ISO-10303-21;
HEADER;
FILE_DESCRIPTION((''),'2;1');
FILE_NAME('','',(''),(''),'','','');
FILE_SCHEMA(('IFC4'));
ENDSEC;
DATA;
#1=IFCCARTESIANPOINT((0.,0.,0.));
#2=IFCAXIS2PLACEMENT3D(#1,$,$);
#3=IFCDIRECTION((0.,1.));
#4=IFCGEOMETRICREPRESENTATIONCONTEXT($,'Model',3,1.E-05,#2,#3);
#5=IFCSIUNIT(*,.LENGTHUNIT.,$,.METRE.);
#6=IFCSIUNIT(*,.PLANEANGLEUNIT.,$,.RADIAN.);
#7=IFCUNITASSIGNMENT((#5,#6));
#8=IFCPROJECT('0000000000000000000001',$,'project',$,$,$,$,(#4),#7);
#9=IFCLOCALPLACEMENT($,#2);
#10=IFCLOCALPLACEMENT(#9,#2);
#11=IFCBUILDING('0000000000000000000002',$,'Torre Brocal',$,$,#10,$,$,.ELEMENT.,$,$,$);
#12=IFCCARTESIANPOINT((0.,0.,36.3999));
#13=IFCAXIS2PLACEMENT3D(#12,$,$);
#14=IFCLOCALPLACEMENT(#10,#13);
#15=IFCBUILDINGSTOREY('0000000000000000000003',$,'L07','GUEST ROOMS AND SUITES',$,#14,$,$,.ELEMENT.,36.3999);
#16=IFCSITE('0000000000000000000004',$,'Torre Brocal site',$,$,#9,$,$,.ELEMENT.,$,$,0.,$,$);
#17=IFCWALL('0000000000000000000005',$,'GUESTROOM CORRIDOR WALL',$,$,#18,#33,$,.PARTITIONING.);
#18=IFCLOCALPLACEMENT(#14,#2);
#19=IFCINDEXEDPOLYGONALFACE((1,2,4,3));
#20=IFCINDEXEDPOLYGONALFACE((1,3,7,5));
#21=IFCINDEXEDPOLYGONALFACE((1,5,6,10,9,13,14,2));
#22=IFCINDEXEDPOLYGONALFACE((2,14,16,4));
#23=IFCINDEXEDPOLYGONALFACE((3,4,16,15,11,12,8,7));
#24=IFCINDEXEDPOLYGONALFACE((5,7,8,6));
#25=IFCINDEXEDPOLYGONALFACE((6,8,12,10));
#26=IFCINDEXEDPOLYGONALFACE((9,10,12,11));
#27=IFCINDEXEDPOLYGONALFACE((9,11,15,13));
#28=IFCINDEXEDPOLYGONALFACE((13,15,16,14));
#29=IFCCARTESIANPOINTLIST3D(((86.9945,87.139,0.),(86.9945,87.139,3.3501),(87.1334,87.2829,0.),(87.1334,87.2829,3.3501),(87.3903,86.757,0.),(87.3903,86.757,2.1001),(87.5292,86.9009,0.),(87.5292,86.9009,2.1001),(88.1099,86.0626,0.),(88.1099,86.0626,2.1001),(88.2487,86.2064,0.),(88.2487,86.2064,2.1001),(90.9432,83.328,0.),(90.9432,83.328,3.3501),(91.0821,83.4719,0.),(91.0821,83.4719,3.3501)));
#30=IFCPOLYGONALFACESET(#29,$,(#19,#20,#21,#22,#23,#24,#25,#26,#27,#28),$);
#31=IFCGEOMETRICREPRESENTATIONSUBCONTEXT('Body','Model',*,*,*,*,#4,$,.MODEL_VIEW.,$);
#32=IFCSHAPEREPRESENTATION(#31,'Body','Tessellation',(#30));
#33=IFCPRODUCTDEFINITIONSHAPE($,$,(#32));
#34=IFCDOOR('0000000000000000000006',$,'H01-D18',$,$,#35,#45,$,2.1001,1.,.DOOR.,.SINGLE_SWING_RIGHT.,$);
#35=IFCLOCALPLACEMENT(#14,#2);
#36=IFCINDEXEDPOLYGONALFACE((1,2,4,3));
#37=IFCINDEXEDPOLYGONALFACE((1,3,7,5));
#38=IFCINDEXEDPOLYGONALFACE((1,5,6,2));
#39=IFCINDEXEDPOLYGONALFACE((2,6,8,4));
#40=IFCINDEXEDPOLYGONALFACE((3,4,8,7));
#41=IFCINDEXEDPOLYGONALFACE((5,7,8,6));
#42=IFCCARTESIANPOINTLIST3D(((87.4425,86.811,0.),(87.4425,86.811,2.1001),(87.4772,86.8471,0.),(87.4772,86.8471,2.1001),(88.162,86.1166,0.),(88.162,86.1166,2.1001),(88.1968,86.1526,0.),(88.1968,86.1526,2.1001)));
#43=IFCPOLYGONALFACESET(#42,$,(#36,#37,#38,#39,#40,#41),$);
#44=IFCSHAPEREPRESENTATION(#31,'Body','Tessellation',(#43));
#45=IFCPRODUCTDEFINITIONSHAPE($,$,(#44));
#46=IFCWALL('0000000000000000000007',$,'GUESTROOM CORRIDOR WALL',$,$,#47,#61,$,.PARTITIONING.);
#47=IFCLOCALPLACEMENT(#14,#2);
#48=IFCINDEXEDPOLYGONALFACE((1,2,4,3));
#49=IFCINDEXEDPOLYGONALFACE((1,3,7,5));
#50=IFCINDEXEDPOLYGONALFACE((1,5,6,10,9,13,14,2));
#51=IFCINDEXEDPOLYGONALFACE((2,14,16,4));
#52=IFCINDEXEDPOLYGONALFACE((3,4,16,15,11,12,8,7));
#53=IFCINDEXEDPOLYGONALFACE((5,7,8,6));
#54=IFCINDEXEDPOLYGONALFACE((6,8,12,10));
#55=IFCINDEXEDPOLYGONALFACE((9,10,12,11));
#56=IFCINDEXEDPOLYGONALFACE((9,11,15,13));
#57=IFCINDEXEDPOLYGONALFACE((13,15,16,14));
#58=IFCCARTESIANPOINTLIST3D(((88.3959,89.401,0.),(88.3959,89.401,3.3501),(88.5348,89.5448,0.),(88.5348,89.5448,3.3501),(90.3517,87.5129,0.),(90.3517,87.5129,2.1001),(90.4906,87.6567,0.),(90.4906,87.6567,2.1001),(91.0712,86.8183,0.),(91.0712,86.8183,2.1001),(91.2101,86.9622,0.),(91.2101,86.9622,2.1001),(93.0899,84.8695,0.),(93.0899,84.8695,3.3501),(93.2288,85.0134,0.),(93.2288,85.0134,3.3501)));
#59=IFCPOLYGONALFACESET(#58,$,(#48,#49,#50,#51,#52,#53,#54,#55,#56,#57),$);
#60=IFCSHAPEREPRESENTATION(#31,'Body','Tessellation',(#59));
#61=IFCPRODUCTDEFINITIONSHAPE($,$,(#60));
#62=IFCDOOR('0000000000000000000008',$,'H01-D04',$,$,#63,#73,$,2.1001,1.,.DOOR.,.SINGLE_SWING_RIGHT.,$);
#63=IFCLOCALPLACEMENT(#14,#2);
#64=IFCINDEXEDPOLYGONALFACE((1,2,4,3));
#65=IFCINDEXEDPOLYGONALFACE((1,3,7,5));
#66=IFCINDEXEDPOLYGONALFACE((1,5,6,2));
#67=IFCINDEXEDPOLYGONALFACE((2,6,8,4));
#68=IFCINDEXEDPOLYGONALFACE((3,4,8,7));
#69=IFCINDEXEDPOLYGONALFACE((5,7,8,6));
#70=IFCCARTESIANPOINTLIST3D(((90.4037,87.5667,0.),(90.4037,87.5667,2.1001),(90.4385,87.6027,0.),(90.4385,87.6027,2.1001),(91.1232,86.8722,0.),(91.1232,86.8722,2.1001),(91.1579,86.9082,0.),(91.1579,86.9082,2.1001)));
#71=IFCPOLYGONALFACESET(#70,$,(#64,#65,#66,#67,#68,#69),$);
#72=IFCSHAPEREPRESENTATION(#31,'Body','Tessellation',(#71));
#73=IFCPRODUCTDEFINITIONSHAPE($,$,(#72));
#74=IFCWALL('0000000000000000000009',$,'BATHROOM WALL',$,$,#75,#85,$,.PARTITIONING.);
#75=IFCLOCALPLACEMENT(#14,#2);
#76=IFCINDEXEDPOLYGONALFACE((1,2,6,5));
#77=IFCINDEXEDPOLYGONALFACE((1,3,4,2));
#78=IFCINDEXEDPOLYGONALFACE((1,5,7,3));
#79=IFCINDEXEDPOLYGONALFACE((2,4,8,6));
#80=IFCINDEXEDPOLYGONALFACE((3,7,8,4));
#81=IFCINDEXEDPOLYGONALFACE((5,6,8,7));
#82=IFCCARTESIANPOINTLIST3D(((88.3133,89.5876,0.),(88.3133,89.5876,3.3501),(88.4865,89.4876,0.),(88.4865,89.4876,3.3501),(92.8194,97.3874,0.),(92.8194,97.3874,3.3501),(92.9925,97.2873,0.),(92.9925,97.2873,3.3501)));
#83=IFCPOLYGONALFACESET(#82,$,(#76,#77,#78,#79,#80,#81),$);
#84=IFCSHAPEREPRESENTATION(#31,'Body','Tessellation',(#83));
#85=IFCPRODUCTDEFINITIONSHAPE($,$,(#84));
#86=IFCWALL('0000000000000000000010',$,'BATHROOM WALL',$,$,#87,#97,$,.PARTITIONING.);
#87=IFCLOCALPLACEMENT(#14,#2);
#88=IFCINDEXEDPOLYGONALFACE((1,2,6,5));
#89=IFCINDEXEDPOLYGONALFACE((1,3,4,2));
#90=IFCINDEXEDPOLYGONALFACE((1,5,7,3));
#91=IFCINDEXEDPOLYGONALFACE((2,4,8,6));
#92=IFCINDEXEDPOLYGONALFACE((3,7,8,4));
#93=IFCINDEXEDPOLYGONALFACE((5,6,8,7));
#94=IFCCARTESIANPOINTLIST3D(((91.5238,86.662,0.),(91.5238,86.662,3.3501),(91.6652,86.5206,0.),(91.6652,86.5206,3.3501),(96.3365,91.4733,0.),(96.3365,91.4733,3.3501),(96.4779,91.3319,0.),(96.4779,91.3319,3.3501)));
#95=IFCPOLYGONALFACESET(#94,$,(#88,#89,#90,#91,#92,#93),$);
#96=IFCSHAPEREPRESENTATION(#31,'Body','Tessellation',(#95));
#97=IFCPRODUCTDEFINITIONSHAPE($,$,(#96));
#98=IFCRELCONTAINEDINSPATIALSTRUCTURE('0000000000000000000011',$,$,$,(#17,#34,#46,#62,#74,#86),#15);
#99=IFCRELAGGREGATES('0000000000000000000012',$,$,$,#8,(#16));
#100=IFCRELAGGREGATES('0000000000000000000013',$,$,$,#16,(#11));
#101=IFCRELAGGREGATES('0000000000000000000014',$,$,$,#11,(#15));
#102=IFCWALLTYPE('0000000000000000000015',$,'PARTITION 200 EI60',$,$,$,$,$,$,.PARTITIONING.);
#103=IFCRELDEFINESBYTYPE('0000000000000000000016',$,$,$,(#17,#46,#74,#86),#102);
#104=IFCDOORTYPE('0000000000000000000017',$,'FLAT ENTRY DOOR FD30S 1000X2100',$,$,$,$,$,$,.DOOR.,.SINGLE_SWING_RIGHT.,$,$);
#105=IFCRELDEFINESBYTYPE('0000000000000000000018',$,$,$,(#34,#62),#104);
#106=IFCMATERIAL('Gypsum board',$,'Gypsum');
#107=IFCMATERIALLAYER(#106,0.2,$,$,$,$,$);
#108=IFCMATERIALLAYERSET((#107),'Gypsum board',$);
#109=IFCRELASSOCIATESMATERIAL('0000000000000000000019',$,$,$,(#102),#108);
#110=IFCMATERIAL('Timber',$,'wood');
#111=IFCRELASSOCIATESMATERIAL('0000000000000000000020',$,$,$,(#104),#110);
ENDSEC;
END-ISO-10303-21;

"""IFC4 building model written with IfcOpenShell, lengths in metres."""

from ifc_helpers import new_model, si_unit, direction, frame, frame_2d, origin, place, context, subcontext, project, spatial, rectangle, extrude, material, layer, layer_set, type_object, element, fill, save


model = new_model("IFC4")

# Units and contexts
model_context = context("Model", 3, precision=1e-05, world=origin(), true_north=direction((0.0, 1.0)))
body_context = subcontext(model_context, "Body", "Model", "MODEL_VIEW")
ifc_project = project(units=[si_unit("LENGTHUNIT", "METRE"), si_unit("PLANEANGLEUNIT", "RADIAN")], contexts=[model_context])

# Site, building, storey
site_placement = place(None, origin())
site = spatial("IfcSite", under=ifc_project, at=site_placement, Name="Torre Brocal site", CompositionType="ELEMENT", RefElevation=0.0)
building_placement = place(site_placement, origin())
building = spatial("IfcBuilding", under=site, at=building_placement, Name="Torre Brocal", CompositionType="ELEMENT")
storey_placement = place(building_placement, frame((0.0, 0.0, 36.3999)))
storey = spatial("IfcBuildingStorey", under=building, at=storey_placement, Name="L07", Description="GUEST ROOMS AND SUITES", CompositionType="ELEMENT", Elevation=36.3999)

# Shared definitions
ifc_material_1 = material(Name="Gypsum board", Category="Gypsum")
ifc_layer_1 = layer(ifc_material_1, 0.2)
ifc_layer_set_1 = layer_set([ifc_layer_1], Name="Gypsum board")
wall_type_1 = type_object("IfcWallType", Name="PARTITION 200 EI60", PredefinedType="PARTITIONING", material=ifc_layer_set_1)

# Walls, openings, doors
ifc_material_2 = material(Name="Timber", Category="wood")
door_type_1 = type_object("IfcDoorType", Name="FLAT ENTRY DOOR FD30S 1000X2100", OperationType="SINGLE_SWING_RIGHT", PredefinedType="DOOR", material=ifc_material_2)
wall_1_placement = place(storey_placement, frame((87.064, 87.2109, 0.0), z_axis=(0.0, 0.0, 1.0), x_axis=(0.719541, -0.69445, 0.0)))
wall_1 = element("IfcWall", 1, at=wall_1_placement, inside=storey, type_object=wall_type_1, Name="GUESTROOM CORRIDOR WALL", PredefinedType="PARTITIONING", context=body_context, shape_type="SweptSolid", body=[
    extrude(rectangle(XDim=5.4878, YDim=0.2, at=frame_2d((2.7439, 0.0))), origin(), (0.0, 0.0, 1.0), 3.3501),
])
opening_1_placement = place(wall_1_placement, frame((0.55, 0.0, 0.0)))
opening_1 = element("IfcOpeningElement", 2, at=opening_1_placement, cuts=wall_1, PredefinedType="OPENING", context=body_context, shape_type="SweptSolid", body=[
    extrude(rectangle(XDim=1.0, YDim=2.1001, at=frame_2d((0.5, 1.05))), frame((0.0, 0.1099, 0.0), z_axis=(0.0, -1.0, 0.0), x_axis=(1.0, 0.0, 0.0)), (0.0, 0.0, 1.0), 0.22),
])
door_1_placement = place(opening_1_placement, frame((1.0, 0.0, 0.0), z_axis=(0.0, 0.0, 1.0), x_axis=(-1.0, 0.0, 0.0)))
door_1 = element("IfcDoor", 3, at=door_1_placement, inside=storey, type_object=door_type_1, Name="H01-D18", OperationType="SINGLE_SWING_RIGHT", OverallHeight=2.1001, OverallWidth=1.0, PredefinedType="DOOR", context=body_context, shape_type="SweptSolid", body=[
    extrude(rectangle(XDim=1.0, YDim=2.1001, at=frame_2d((0.5, 1.05))), frame((0.0, 0.0249, 0.0), z_axis=(0.0, -1.0, 0.0), x_axis=(1.0, 0.0, 0.0)), (0.0, 0.0, 1.0), 0.05),
])
fill(opening_1, door_1)
wall_2_placement = place(storey_placement, frame((88.4653, 89.4729, 0.0), z_axis=(0.0, 0.0, 1.0), x_axis=(0.719458, -0.694536, 0.0)))
wall_2 = element("IfcWall", 4, at=wall_2_placement, inside=storey, type_object=wall_type_1, Name="GUESTROOM CORRIDOR WALL", PredefinedType="PARTITIONING", context=body_context, shape_type="SweptSolid", body=[
    extrude(rectangle(XDim=6.5244, YDim=0.2, at=frame_2d((3.2622, 0.0))), origin(), (0.0, 0.0, 1.0), 3.3501),
])
opening_2_placement = place(wall_2_placement, frame((2.7185, 0.0, 0.0)))
opening_2 = element("IfcOpeningElement", 5, at=opening_2_placement, cuts=wall_2, PredefinedType="OPENING", context=body_context, shape_type="SweptSolid", body=[
    extrude(rectangle(XDim=1.0, YDim=2.1001, at=frame_2d((0.5, 1.05))), frame((0.0, 0.1099, 0.0), z_axis=(0.0, -1.0, 0.0), x_axis=(1.0, 0.0, 0.0)), (0.0, 0.0, 1.0), 0.22),
])
door_2_placement = place(opening_2_placement, origin())
door_2 = element("IfcDoor", 6, at=door_2_placement, inside=storey, type_object=door_type_1, Name="H01-D04", OperationType="SINGLE_SWING_RIGHT", OverallHeight=2.1001, OverallWidth=1.0, PredefinedType="DOOR", context=body_context, shape_type="SweptSolid", body=[
    extrude(rectangle(XDim=1.0, YDim=2.1001, at=frame_2d((0.5, 1.05))), frame((0.0, 0.0249, 0.0), z_axis=(0.0, -1.0, 0.0), x_axis=(1.0, 0.0, 0.0)), (0.0, 0.0, 1.0), 0.05),
])
fill(opening_2, door_2)

# Walls
wall_3_placement = place(storey_placement, frame((88.3999, 89.5376, 0.0), z_axis=(0.0, 0.0, 1.0), x_axis=(0.50024, 0.865887, 0.0)))
element("IfcWall", 7, at=wall_3_placement, inside=storey, type_object=wall_type_1, Name="BATHROOM WALL", PredefinedType="PARTITIONING", context=body_context, shape_type="SweptSolid", body=[
    extrude(rectangle(XDim=9.0078, YDim=0.2, at=frame_2d((4.5039, 0.0))), origin(), (0.0, 0.0, 1.0), 3.3501),
])
wall_4_placement = place(storey_placement, frame((91.5945, 86.5913, 0.0), z_axis=(0.0, 0.0, 1.0), x_axis=(0.707214, 0.706999, 0.0)))
element("IfcWall", 8, at=wall_4_placement, inside=storey, type_object=wall_type_1, Name="BATHROOM WALL", PredefinedType="PARTITIONING", context=body_context, shape_type="SweptSolid", body=[
    extrude(rectangle(XDim=6.8052, YDim=0.2, at=frame_2d((3.4026, 0.0))), origin(), (0.0, 0.0, 1.0), 3.3501),
])

save(model, "model.ifc")
